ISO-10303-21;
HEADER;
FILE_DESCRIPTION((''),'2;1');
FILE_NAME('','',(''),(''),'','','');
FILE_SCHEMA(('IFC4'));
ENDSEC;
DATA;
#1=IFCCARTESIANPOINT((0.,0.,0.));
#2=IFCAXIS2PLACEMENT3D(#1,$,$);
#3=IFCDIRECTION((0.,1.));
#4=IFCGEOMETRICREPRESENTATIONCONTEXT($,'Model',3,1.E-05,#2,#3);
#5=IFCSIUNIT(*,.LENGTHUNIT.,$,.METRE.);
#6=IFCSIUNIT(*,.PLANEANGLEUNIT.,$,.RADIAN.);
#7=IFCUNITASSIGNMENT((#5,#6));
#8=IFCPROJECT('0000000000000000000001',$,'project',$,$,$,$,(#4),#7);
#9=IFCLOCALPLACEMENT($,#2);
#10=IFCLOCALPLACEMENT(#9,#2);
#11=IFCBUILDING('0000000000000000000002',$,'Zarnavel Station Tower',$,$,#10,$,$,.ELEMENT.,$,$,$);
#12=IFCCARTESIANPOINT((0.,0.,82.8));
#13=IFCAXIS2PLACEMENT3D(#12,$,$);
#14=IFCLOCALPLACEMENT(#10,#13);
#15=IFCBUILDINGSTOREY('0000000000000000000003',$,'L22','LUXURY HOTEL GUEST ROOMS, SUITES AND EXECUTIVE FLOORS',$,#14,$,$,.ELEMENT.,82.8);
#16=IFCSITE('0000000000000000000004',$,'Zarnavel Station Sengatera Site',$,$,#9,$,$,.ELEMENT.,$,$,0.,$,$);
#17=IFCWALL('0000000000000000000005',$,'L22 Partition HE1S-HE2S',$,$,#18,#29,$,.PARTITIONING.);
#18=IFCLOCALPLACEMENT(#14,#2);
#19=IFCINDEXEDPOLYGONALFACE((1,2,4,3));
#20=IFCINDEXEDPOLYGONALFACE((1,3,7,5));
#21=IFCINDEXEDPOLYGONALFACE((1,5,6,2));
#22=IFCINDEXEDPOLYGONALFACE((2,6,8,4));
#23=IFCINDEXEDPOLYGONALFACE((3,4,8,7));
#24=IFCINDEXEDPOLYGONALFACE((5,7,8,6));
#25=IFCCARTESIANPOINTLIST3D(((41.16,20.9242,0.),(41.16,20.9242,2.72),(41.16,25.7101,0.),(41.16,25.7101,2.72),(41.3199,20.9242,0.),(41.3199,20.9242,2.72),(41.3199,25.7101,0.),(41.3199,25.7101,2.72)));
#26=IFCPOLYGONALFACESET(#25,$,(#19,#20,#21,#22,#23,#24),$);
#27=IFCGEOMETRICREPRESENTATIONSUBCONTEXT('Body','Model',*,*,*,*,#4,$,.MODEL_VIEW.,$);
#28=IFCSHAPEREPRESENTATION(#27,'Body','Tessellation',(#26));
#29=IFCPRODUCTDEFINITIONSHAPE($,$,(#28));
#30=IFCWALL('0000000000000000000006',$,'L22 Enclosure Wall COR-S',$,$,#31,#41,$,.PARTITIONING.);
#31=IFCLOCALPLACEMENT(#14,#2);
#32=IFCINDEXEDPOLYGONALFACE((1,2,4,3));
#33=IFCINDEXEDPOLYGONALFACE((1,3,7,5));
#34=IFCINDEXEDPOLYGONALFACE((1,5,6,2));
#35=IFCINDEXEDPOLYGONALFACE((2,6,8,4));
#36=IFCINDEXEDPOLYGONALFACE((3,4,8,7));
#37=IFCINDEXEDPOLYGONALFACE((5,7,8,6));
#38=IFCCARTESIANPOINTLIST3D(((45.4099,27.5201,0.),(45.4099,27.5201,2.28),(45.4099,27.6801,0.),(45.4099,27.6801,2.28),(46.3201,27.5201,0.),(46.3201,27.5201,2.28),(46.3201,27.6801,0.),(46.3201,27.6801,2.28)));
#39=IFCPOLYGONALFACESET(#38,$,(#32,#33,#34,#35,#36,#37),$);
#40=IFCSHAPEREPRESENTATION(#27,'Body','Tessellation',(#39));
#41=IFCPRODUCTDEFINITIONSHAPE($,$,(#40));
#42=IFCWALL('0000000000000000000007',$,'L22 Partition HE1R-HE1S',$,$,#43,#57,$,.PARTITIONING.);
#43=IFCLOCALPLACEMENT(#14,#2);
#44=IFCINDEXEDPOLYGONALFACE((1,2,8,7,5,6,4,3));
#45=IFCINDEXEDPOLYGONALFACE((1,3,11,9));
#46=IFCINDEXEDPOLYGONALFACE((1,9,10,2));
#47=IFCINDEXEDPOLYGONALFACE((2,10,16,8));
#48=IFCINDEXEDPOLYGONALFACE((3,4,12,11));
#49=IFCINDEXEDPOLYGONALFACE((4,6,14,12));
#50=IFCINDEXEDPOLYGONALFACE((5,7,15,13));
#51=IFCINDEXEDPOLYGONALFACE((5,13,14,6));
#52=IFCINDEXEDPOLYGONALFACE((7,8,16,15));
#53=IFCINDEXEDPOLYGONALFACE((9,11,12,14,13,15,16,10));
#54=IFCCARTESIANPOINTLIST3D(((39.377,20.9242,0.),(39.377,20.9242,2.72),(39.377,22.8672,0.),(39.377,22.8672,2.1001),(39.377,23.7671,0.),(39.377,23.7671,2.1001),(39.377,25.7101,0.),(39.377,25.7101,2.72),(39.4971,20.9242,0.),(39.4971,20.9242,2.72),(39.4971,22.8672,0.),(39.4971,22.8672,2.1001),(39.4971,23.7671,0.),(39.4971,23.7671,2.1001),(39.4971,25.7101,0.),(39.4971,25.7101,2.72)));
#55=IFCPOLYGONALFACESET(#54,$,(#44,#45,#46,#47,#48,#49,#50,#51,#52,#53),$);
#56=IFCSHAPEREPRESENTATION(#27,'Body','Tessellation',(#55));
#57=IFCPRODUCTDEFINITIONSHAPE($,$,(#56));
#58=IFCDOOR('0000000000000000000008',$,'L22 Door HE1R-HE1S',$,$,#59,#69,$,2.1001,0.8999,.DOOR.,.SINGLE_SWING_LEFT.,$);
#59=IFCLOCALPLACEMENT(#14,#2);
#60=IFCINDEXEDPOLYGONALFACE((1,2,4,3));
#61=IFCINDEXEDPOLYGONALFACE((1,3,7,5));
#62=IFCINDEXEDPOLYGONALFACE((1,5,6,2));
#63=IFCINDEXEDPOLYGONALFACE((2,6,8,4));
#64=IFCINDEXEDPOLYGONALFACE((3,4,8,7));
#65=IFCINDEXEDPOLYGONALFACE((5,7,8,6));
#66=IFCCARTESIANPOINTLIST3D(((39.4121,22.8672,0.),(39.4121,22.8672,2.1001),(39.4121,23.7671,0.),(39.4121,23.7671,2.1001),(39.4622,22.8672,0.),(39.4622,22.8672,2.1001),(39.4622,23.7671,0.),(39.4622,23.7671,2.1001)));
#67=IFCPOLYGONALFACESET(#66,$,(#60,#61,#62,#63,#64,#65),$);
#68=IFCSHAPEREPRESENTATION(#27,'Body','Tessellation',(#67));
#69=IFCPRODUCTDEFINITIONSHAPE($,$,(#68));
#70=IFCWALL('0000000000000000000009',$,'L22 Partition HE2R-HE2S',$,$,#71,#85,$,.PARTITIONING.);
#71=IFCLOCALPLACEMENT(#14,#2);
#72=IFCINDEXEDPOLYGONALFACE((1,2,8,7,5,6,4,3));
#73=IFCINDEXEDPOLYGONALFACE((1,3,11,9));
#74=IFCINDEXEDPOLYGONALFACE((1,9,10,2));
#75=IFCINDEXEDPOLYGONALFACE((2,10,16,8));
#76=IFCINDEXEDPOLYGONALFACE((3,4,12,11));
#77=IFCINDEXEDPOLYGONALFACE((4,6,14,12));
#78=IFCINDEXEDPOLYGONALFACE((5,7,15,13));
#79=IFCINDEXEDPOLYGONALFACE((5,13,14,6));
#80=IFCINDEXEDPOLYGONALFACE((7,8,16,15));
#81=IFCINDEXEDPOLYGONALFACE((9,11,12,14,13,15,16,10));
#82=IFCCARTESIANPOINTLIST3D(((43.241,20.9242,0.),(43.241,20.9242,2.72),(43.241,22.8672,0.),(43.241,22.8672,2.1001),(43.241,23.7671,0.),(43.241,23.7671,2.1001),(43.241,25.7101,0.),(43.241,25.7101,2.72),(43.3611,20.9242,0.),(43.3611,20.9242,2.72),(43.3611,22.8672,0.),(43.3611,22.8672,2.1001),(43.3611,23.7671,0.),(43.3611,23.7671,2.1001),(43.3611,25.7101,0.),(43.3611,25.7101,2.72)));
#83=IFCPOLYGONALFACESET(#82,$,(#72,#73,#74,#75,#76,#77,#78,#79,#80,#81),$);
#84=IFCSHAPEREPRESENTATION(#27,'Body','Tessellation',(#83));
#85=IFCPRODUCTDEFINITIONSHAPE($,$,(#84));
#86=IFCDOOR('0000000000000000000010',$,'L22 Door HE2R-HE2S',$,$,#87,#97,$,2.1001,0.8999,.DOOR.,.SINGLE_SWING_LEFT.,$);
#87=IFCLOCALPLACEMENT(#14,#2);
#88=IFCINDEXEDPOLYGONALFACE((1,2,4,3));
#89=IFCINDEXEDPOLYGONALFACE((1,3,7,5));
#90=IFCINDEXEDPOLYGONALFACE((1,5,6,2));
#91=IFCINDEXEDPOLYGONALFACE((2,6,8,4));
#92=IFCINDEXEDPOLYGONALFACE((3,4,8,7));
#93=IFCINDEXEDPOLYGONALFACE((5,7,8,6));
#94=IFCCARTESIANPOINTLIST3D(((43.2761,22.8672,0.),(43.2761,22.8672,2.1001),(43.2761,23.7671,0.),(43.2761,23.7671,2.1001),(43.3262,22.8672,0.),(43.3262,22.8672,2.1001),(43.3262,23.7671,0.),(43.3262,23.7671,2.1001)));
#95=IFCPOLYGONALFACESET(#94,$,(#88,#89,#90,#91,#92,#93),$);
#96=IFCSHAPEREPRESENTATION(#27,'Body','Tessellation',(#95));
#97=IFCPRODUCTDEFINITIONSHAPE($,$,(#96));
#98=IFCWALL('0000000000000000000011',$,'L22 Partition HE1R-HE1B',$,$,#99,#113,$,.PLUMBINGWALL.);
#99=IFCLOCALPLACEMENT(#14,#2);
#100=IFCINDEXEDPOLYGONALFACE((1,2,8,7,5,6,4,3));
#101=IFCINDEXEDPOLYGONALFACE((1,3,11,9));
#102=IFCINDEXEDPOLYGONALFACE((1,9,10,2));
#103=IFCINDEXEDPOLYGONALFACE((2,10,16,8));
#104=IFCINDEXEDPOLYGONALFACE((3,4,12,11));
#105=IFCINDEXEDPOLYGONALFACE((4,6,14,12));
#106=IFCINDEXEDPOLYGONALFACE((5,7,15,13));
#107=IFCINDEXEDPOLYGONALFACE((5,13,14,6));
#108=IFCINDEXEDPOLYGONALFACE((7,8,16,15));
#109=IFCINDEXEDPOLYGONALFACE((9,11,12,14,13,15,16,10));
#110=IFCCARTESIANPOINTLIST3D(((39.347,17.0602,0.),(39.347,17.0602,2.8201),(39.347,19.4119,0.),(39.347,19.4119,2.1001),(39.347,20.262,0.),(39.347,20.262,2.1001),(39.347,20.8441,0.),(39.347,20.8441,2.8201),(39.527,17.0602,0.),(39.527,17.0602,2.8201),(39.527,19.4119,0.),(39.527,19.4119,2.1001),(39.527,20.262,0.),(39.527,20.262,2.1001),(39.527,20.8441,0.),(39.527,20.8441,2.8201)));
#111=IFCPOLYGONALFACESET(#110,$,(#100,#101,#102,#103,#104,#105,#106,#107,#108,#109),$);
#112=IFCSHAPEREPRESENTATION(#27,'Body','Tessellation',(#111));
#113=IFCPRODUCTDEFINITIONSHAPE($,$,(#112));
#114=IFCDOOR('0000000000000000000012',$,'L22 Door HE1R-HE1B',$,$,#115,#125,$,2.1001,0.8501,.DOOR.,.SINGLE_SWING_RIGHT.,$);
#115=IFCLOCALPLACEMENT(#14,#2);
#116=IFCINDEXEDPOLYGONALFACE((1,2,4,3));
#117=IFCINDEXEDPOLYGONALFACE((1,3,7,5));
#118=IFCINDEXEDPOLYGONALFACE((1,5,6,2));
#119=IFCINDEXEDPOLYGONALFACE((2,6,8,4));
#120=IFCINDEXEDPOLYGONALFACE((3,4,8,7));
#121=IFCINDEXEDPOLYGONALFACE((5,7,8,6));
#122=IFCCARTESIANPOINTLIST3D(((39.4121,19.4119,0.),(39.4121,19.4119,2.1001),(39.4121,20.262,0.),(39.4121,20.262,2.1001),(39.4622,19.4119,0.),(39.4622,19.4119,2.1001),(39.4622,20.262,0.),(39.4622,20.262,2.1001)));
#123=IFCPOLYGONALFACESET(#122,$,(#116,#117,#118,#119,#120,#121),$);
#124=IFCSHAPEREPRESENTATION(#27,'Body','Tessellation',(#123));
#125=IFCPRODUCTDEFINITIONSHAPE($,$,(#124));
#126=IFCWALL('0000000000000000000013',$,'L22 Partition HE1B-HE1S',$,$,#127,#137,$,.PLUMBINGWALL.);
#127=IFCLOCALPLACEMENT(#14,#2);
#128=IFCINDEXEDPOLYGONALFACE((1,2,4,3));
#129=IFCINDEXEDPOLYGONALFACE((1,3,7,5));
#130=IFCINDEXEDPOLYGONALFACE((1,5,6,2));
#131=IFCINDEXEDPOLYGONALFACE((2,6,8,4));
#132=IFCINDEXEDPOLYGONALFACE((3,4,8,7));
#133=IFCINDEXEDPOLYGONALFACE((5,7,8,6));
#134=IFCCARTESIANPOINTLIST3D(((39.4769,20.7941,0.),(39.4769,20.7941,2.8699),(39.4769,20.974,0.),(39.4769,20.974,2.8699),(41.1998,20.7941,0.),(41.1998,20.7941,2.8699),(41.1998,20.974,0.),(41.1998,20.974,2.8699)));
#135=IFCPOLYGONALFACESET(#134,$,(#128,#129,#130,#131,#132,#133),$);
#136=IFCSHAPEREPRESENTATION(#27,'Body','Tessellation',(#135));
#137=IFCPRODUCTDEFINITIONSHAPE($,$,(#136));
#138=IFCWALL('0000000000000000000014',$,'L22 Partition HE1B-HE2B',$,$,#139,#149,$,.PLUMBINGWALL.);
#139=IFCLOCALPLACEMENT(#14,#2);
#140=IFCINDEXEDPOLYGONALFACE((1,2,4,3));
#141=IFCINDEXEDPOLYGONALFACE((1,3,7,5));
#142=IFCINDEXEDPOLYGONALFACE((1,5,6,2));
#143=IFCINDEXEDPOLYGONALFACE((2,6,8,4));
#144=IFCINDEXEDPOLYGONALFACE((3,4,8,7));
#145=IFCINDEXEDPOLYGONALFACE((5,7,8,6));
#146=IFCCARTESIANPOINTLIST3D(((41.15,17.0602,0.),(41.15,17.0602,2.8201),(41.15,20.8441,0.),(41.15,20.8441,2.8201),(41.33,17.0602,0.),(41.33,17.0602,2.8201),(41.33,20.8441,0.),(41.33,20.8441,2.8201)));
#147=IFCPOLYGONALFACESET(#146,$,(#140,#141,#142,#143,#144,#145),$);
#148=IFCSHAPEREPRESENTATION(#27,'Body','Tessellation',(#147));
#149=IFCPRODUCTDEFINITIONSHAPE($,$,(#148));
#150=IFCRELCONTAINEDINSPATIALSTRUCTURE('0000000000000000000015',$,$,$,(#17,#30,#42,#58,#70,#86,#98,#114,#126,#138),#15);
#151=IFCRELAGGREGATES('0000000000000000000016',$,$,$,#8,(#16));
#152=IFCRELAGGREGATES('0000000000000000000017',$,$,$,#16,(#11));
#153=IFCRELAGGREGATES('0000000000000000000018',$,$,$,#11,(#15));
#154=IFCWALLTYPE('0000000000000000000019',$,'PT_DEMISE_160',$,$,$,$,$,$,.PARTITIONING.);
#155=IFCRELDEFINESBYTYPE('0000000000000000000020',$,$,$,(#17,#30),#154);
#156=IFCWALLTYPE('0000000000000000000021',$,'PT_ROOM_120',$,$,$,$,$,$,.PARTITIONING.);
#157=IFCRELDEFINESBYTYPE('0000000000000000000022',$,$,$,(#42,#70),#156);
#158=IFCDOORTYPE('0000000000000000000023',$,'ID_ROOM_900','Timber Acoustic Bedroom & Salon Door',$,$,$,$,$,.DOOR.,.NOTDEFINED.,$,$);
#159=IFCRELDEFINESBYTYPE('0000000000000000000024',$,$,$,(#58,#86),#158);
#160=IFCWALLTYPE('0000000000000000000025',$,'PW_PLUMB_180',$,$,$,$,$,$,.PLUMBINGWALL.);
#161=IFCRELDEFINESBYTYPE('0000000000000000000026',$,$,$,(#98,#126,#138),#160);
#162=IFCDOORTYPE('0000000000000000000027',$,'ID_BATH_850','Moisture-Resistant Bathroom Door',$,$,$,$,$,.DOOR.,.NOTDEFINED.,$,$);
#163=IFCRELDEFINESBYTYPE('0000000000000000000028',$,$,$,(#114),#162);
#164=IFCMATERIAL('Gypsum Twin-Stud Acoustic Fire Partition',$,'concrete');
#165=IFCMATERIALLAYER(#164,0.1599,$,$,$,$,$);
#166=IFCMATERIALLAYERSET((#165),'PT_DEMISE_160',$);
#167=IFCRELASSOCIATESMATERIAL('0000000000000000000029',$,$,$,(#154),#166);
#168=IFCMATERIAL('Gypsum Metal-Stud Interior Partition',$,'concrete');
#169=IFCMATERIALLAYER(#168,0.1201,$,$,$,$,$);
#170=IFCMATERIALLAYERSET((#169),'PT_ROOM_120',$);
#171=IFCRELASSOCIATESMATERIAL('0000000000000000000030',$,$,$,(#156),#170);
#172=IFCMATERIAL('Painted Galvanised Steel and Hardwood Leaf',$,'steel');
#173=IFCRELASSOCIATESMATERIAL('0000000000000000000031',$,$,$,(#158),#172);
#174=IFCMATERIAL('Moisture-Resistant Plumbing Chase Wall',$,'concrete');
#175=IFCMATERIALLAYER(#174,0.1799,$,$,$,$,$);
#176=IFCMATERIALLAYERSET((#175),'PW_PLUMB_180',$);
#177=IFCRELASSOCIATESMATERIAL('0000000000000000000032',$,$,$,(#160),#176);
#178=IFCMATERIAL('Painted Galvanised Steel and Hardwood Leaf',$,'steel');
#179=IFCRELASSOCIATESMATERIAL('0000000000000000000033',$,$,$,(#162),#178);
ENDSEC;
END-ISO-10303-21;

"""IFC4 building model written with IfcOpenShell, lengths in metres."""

from ifc_helpers import new_model, si_unit, direction, frame, frame_2d, origin, place, context, subcontext, project, spatial, rectangle, extrude, material, layer, layer_set, type_object, element, fill, save


model = new_model("IFC4")

# Units and contexts
model_context = context("Model", 3, precision=1e-05, world=origin(), true_north=direction((0.0, 1.0)))
body_context = subcontext(model_context, "Body", "Model", "MODEL_VIEW")
ifc_project = project(units=[si_unit("LENGTHUNIT", "METRE"), si_unit("PLANEANGLEUNIT", "RADIAN")], contexts=[model_context])

# Site, building, storey
site_placement = place(None, origin())
site = spatial("IfcSite", under=ifc_project, at=site_placement, Name="Zarnavel Station Sengatera Site", CompositionType="ELEMENT", RefElevation=0.0)
building_placement = place(site_placement, origin())
building = spatial("IfcBuilding", under=site, at=building_placement, Name="Zarnavel Station Tower", CompositionType="ELEMENT")
storey_placement = place(building_placement, frame((0.0, 0.0, 82.8)))
storey = spatial("IfcBuildingStorey", under=building, at=storey_placement, Name="L22", Description="LUXURY HOTEL GUEST ROOMS, SUITES AND EXECUTIVE FLOORS", CompositionType="ELEMENT", Elevation=82.8)

# Shared definitions
ifc_material_1 = material(Name="Gypsum Twin-Stud Acoustic Fire Partition", Category="concrete")
ifc_layer_1 = layer(ifc_material_1, 0.1599)
ifc_layer_set_1 = layer_set([ifc_layer_1], Name="PT_DEMISE_160")
wall_type_1 = type_object("IfcWallType", Name="PT_DEMISE_160", PredefinedType="PARTITIONING", material=ifc_layer_set_1)

# Walls
wall_1_placement = place(storey_placement, frame((41.24, 20.9241, 0.0), z_axis=(0.0, 0.0, 1.0), x_axis=(0.0, 1.0, 0.0)))
element("IfcWall", 1, at=wall_1_placement, inside=storey, type_object=wall_type_1, Name="L22 Partition HE1S-HE2S", PredefinedType="PARTITIONING", context=body_context, shape_type="SweptSolid", body=[
    extrude(rectangle(XDim=4.7859, YDim=0.1599, at=frame_2d((2.3931, 0.0))), origin(), (0.0, 0.0, 1.0), 2.72),
])
wall_2_placement = place(storey_placement, frame((45.4099, 27.6001, 0.0), z_axis=(0.0, 0.0, 1.0), x_axis=(1.0, 0.0, 0.0)))
element("IfcWall", 2, at=wall_2_placement, inside=storey, type_object=wall_type_1, Name="L22 Enclosure Wall COR-S", PredefinedType="PARTITIONING", context=body_context, shape_type="SweptSolid", body=[
    extrude(rectangle(XDim=0.9102, YDim=0.1599, at=frame_2d((0.4551, 0.0))), origin(), (0.0, 0.0, 1.0), 2.28),
])

# Walls, openings, doors
ifc_material_2 = material(Name="Gypsum Metal-Stud Interior Partition", Category="concrete")
ifc_layer_2 = layer(ifc_material_2, 0.1201)
ifc_layer_set_2 = layer_set([ifc_layer_2], Name="PT_ROOM_120")
wall_type_2 = type_object("IfcWallType", Name="PT_ROOM_120", PredefinedType="PARTITIONING", material=ifc_layer_set_2)
wall_3_placement = place(storey_placement, frame((39.437, 20.9241, 0.0), z_axis=(0.0, 0.0, 1.0), x_axis=(0.0, 1.0, 0.0)))
wall_3 = element("IfcWall", 3, at=wall_3_placement, inside=storey, type_object=wall_type_2, Name="L22 Partition HE1R-HE1S", PredefinedType="PARTITIONING", context=body_context, shape_type="SweptSolid", body=[
    extrude(rectangle(XDim=4.7859, YDim=0.1201, at=frame_2d((2.3931, 0.0))), origin(), (0.0, 0.0, 1.0), 2.72),
])
opening_1_placement = place(wall_3_placement, frame((1.9431, 0.0, 0.0)))
opening_1 = element("IfcOpeningElement", 4, at=opening_1_placement, cuts=wall_3, PredefinedType="OPENING", context=body_context, shape_type="SweptSolid", body=[
    extrude(rectangle(XDim=0.8999, YDim=2.1001, at=frame_2d((0.45, 1.05))), frame((0.0, 0.0701, 0.0), z_axis=(0.0, -1.0, 0.0), x_axis=(1.0, 0.0, 0.0)), (0.0, 0.0, 1.0), 0.1401),
])
ifc_material_3 = material(Name="Painted Galvanised Steel and Hardwood Leaf", Category="steel")
door_type_1 = type_object("IfcDoorType", Name="ID_ROOM_900", Description="Timber Acoustic Bedroom & Salon Door", OperationType="NOTDEFINED", PredefinedType="DOOR", material=ifc_material_3)
door_1_placement = place(opening_1_placement, origin())
door_1 = element("IfcDoor", 5, at=door_1_placement, inside=storey, type_object=door_type_1, Name="L22 Door HE1R-HE1S", OperationType="SINGLE_SWING_LEFT", OverallHeight=2.1001, OverallWidth=0.8999, PredefinedType="DOOR", context=body_context, shape_type="SweptSolid", body=[
    extrude(rectangle(XDim=0.8999, YDim=2.1001, at=frame_2d((0.45, 1.05))), frame((0.0, 0.0249, 0.0), z_axis=(0.0, -1.0, 0.0), x_axis=(1.0, 0.0, 0.0)), (0.0, 0.0, 1.0), 0.05),
])
fill(opening_1, door_1)
wall_4_placement = place(storey_placement, frame((43.301, 20.9241, 0.0), z_axis=(0.0, 0.0, 1.0), x_axis=(0.0, 1.0, 0.0)))
wall_4 = element("IfcWall", 6, at=wall_4_placement, inside=storey, type_object=wall_type_2, Name="L22 Partition HE2R-HE2S", PredefinedType="PARTITIONING", context=body_context, shape_type="SweptSolid", body=[
    extrude(rectangle(XDim=4.7859, YDim=0.1201, at=frame_2d((2.3931, 0.0))), origin(), (0.0, 0.0, 1.0), 2.72),
])
opening_2_placement = place(wall_4_placement, frame((1.9431, 0.0, 0.0)))
opening_2 = element("IfcOpeningElement", 7, at=opening_2_placement, cuts=wall_4, PredefinedType="OPENING", context=body_context, shape_type="SweptSolid", body=[
    extrude(rectangle(XDim=0.8999, YDim=2.1001, at=frame_2d((0.45, 1.05))), frame((0.0, 0.0701, 0.0), z_axis=(0.0, -1.0, 0.0), x_axis=(1.0, 0.0, 0.0)), (0.0, 0.0, 1.0), 0.1401),
])
door_2_placement = place(opening_2_placement, origin())
door_2 = element("IfcDoor", 8, at=door_2_placement, inside=storey, type_object=door_type_1, Name="L22 Door HE2R-HE2S", OperationType="SINGLE_SWING_LEFT", OverallHeight=2.1001, OverallWidth=0.8999, PredefinedType="DOOR", context=body_context, shape_type="SweptSolid", body=[
    extrude(rectangle(XDim=0.8999, YDim=2.1001, at=frame_2d((0.45, 1.05))), frame((0.0, 0.0249, 0.0), z_axis=(0.0, -1.0, 0.0), x_axis=(1.0, 0.0, 0.0)), (0.0, 0.0, 1.0), 0.05),
])
fill(opening_2, door_2)
ifc_material_4 = material(Name="Moisture-Resistant Plumbing Chase Wall", Category="concrete")
ifc_layer_3 = layer(ifc_material_4, 0.1799)
ifc_layer_set_3 = layer_set([ifc_layer_3], Name="PW_PLUMB_180")
wall_type_3 = type_object("IfcWallType", Name="PW_PLUMB_180", PredefinedType="PLUMBINGWALL", material=ifc_layer_set_3)
wall_5_placement = place(storey_placement, frame((39.437, 17.0601, 0.0), z_axis=(0.0, 0.0, 1.0), x_axis=(0.0, 1.0, 0.0)))
wall_5 = element("IfcWall", 9, at=wall_5_placement, inside=storey, type_object=wall_type_3, Name="L22 Partition HE1R-HE1B", PredefinedType="PLUMBINGWALL", context=body_context, shape_type="SweptSolid", body=[
    extrude(rectangle(XDim=3.7839, YDim=0.1799, at=frame_2d((1.8921, 0.0))), origin(), (0.0, 0.0, 1.0), 2.8201),
])
opening_3_placement = place(wall_5_placement, frame((2.3518, 0.0, 0.0)))
opening_3 = element("IfcOpeningElement", 10, at=opening_3_placement, cuts=wall_5, PredefinedType="OPENING", context=body_context, shape_type="SweptSolid", body=[
    extrude(rectangle(XDim=0.8501, YDim=2.1001, at=frame_2d((0.425, 1.05))), frame((0.0, 0.0999, 0.0), z_axis=(0.0, -1.0, 0.0), x_axis=(1.0, 0.0, 0.0)), (0.0, 0.0, 1.0), 0.2),
])
ifc_material_5 = material(Name="Painted Galvanised Steel and Hardwood Leaf", Category="steel")
door_type_2 = type_object("IfcDoorType", Name="ID_BATH_850", Description="Moisture-Resistant Bathroom Door", OperationType="NOTDEFINED", PredefinedType="DOOR", material=ifc_material_5)
door_3_placement = place(opening_3_placement, origin())
door_3 = element("IfcDoor", 11, at=door_3_placement, inside=storey, type_object=door_type_2, Name="L22 Door HE1R-HE1B", OperationType="SINGLE_SWING_RIGHT", OverallHeight=2.1001, OverallWidth=0.8501, PredefinedType="DOOR", context=body_context, shape_type="SweptSolid", body=[
    extrude(rectangle(XDim=0.8501, YDim=2.1001, at=frame_2d((0.425, 1.05))), frame((0.0, 0.0249, 0.0), z_axis=(0.0, -1.0, 0.0), x_axis=(1.0, 0.0, 0.0)), (0.0, 0.0, 1.0), 0.05),
])
fill(opening_3, door_3)

# Walls
wall_6_placement = place(storey_placement, frame((39.4771, 20.884, 0.0), z_axis=(0.0, 0.0, 1.0), x_axis=(1.0, 0.0, 0.0)))
element("IfcWall", 12, at=wall_6_placement, inside=storey, type_object=wall_type_3, Name="L22 Partition HE1B-HE1S", PredefinedType="PLUMBINGWALL", context=body_context, shape_type="SweptSolid", body=[
    extrude(rectangle(XDim=1.7229, YDim=0.1799, at=frame_2d((0.8613, 0.0))), origin(), (0.0, 0.0, 1.0), 2.8699),
])
wall_7_placement = place(storey_placement, frame((41.24, 17.0601, 0.0), z_axis=(0.0, 0.0, 1.0), x_axis=(0.0, 1.0, 0.0)))
element("IfcWall", 13, at=wall_7_placement, inside=storey, type_object=wall_type_3, Name="L22 Partition HE1B-HE2B", PredefinedType="PLUMBINGWALL", context=body_context, shape_type="SweptSolid", body=[
    extrude(rectangle(XDim=3.7839, YDim=0.1799, at=frame_2d((1.8921, 0.0))), origin(), (0.0, 0.0, 1.0), 2.8201),
])

save(model, "model.ifc")
